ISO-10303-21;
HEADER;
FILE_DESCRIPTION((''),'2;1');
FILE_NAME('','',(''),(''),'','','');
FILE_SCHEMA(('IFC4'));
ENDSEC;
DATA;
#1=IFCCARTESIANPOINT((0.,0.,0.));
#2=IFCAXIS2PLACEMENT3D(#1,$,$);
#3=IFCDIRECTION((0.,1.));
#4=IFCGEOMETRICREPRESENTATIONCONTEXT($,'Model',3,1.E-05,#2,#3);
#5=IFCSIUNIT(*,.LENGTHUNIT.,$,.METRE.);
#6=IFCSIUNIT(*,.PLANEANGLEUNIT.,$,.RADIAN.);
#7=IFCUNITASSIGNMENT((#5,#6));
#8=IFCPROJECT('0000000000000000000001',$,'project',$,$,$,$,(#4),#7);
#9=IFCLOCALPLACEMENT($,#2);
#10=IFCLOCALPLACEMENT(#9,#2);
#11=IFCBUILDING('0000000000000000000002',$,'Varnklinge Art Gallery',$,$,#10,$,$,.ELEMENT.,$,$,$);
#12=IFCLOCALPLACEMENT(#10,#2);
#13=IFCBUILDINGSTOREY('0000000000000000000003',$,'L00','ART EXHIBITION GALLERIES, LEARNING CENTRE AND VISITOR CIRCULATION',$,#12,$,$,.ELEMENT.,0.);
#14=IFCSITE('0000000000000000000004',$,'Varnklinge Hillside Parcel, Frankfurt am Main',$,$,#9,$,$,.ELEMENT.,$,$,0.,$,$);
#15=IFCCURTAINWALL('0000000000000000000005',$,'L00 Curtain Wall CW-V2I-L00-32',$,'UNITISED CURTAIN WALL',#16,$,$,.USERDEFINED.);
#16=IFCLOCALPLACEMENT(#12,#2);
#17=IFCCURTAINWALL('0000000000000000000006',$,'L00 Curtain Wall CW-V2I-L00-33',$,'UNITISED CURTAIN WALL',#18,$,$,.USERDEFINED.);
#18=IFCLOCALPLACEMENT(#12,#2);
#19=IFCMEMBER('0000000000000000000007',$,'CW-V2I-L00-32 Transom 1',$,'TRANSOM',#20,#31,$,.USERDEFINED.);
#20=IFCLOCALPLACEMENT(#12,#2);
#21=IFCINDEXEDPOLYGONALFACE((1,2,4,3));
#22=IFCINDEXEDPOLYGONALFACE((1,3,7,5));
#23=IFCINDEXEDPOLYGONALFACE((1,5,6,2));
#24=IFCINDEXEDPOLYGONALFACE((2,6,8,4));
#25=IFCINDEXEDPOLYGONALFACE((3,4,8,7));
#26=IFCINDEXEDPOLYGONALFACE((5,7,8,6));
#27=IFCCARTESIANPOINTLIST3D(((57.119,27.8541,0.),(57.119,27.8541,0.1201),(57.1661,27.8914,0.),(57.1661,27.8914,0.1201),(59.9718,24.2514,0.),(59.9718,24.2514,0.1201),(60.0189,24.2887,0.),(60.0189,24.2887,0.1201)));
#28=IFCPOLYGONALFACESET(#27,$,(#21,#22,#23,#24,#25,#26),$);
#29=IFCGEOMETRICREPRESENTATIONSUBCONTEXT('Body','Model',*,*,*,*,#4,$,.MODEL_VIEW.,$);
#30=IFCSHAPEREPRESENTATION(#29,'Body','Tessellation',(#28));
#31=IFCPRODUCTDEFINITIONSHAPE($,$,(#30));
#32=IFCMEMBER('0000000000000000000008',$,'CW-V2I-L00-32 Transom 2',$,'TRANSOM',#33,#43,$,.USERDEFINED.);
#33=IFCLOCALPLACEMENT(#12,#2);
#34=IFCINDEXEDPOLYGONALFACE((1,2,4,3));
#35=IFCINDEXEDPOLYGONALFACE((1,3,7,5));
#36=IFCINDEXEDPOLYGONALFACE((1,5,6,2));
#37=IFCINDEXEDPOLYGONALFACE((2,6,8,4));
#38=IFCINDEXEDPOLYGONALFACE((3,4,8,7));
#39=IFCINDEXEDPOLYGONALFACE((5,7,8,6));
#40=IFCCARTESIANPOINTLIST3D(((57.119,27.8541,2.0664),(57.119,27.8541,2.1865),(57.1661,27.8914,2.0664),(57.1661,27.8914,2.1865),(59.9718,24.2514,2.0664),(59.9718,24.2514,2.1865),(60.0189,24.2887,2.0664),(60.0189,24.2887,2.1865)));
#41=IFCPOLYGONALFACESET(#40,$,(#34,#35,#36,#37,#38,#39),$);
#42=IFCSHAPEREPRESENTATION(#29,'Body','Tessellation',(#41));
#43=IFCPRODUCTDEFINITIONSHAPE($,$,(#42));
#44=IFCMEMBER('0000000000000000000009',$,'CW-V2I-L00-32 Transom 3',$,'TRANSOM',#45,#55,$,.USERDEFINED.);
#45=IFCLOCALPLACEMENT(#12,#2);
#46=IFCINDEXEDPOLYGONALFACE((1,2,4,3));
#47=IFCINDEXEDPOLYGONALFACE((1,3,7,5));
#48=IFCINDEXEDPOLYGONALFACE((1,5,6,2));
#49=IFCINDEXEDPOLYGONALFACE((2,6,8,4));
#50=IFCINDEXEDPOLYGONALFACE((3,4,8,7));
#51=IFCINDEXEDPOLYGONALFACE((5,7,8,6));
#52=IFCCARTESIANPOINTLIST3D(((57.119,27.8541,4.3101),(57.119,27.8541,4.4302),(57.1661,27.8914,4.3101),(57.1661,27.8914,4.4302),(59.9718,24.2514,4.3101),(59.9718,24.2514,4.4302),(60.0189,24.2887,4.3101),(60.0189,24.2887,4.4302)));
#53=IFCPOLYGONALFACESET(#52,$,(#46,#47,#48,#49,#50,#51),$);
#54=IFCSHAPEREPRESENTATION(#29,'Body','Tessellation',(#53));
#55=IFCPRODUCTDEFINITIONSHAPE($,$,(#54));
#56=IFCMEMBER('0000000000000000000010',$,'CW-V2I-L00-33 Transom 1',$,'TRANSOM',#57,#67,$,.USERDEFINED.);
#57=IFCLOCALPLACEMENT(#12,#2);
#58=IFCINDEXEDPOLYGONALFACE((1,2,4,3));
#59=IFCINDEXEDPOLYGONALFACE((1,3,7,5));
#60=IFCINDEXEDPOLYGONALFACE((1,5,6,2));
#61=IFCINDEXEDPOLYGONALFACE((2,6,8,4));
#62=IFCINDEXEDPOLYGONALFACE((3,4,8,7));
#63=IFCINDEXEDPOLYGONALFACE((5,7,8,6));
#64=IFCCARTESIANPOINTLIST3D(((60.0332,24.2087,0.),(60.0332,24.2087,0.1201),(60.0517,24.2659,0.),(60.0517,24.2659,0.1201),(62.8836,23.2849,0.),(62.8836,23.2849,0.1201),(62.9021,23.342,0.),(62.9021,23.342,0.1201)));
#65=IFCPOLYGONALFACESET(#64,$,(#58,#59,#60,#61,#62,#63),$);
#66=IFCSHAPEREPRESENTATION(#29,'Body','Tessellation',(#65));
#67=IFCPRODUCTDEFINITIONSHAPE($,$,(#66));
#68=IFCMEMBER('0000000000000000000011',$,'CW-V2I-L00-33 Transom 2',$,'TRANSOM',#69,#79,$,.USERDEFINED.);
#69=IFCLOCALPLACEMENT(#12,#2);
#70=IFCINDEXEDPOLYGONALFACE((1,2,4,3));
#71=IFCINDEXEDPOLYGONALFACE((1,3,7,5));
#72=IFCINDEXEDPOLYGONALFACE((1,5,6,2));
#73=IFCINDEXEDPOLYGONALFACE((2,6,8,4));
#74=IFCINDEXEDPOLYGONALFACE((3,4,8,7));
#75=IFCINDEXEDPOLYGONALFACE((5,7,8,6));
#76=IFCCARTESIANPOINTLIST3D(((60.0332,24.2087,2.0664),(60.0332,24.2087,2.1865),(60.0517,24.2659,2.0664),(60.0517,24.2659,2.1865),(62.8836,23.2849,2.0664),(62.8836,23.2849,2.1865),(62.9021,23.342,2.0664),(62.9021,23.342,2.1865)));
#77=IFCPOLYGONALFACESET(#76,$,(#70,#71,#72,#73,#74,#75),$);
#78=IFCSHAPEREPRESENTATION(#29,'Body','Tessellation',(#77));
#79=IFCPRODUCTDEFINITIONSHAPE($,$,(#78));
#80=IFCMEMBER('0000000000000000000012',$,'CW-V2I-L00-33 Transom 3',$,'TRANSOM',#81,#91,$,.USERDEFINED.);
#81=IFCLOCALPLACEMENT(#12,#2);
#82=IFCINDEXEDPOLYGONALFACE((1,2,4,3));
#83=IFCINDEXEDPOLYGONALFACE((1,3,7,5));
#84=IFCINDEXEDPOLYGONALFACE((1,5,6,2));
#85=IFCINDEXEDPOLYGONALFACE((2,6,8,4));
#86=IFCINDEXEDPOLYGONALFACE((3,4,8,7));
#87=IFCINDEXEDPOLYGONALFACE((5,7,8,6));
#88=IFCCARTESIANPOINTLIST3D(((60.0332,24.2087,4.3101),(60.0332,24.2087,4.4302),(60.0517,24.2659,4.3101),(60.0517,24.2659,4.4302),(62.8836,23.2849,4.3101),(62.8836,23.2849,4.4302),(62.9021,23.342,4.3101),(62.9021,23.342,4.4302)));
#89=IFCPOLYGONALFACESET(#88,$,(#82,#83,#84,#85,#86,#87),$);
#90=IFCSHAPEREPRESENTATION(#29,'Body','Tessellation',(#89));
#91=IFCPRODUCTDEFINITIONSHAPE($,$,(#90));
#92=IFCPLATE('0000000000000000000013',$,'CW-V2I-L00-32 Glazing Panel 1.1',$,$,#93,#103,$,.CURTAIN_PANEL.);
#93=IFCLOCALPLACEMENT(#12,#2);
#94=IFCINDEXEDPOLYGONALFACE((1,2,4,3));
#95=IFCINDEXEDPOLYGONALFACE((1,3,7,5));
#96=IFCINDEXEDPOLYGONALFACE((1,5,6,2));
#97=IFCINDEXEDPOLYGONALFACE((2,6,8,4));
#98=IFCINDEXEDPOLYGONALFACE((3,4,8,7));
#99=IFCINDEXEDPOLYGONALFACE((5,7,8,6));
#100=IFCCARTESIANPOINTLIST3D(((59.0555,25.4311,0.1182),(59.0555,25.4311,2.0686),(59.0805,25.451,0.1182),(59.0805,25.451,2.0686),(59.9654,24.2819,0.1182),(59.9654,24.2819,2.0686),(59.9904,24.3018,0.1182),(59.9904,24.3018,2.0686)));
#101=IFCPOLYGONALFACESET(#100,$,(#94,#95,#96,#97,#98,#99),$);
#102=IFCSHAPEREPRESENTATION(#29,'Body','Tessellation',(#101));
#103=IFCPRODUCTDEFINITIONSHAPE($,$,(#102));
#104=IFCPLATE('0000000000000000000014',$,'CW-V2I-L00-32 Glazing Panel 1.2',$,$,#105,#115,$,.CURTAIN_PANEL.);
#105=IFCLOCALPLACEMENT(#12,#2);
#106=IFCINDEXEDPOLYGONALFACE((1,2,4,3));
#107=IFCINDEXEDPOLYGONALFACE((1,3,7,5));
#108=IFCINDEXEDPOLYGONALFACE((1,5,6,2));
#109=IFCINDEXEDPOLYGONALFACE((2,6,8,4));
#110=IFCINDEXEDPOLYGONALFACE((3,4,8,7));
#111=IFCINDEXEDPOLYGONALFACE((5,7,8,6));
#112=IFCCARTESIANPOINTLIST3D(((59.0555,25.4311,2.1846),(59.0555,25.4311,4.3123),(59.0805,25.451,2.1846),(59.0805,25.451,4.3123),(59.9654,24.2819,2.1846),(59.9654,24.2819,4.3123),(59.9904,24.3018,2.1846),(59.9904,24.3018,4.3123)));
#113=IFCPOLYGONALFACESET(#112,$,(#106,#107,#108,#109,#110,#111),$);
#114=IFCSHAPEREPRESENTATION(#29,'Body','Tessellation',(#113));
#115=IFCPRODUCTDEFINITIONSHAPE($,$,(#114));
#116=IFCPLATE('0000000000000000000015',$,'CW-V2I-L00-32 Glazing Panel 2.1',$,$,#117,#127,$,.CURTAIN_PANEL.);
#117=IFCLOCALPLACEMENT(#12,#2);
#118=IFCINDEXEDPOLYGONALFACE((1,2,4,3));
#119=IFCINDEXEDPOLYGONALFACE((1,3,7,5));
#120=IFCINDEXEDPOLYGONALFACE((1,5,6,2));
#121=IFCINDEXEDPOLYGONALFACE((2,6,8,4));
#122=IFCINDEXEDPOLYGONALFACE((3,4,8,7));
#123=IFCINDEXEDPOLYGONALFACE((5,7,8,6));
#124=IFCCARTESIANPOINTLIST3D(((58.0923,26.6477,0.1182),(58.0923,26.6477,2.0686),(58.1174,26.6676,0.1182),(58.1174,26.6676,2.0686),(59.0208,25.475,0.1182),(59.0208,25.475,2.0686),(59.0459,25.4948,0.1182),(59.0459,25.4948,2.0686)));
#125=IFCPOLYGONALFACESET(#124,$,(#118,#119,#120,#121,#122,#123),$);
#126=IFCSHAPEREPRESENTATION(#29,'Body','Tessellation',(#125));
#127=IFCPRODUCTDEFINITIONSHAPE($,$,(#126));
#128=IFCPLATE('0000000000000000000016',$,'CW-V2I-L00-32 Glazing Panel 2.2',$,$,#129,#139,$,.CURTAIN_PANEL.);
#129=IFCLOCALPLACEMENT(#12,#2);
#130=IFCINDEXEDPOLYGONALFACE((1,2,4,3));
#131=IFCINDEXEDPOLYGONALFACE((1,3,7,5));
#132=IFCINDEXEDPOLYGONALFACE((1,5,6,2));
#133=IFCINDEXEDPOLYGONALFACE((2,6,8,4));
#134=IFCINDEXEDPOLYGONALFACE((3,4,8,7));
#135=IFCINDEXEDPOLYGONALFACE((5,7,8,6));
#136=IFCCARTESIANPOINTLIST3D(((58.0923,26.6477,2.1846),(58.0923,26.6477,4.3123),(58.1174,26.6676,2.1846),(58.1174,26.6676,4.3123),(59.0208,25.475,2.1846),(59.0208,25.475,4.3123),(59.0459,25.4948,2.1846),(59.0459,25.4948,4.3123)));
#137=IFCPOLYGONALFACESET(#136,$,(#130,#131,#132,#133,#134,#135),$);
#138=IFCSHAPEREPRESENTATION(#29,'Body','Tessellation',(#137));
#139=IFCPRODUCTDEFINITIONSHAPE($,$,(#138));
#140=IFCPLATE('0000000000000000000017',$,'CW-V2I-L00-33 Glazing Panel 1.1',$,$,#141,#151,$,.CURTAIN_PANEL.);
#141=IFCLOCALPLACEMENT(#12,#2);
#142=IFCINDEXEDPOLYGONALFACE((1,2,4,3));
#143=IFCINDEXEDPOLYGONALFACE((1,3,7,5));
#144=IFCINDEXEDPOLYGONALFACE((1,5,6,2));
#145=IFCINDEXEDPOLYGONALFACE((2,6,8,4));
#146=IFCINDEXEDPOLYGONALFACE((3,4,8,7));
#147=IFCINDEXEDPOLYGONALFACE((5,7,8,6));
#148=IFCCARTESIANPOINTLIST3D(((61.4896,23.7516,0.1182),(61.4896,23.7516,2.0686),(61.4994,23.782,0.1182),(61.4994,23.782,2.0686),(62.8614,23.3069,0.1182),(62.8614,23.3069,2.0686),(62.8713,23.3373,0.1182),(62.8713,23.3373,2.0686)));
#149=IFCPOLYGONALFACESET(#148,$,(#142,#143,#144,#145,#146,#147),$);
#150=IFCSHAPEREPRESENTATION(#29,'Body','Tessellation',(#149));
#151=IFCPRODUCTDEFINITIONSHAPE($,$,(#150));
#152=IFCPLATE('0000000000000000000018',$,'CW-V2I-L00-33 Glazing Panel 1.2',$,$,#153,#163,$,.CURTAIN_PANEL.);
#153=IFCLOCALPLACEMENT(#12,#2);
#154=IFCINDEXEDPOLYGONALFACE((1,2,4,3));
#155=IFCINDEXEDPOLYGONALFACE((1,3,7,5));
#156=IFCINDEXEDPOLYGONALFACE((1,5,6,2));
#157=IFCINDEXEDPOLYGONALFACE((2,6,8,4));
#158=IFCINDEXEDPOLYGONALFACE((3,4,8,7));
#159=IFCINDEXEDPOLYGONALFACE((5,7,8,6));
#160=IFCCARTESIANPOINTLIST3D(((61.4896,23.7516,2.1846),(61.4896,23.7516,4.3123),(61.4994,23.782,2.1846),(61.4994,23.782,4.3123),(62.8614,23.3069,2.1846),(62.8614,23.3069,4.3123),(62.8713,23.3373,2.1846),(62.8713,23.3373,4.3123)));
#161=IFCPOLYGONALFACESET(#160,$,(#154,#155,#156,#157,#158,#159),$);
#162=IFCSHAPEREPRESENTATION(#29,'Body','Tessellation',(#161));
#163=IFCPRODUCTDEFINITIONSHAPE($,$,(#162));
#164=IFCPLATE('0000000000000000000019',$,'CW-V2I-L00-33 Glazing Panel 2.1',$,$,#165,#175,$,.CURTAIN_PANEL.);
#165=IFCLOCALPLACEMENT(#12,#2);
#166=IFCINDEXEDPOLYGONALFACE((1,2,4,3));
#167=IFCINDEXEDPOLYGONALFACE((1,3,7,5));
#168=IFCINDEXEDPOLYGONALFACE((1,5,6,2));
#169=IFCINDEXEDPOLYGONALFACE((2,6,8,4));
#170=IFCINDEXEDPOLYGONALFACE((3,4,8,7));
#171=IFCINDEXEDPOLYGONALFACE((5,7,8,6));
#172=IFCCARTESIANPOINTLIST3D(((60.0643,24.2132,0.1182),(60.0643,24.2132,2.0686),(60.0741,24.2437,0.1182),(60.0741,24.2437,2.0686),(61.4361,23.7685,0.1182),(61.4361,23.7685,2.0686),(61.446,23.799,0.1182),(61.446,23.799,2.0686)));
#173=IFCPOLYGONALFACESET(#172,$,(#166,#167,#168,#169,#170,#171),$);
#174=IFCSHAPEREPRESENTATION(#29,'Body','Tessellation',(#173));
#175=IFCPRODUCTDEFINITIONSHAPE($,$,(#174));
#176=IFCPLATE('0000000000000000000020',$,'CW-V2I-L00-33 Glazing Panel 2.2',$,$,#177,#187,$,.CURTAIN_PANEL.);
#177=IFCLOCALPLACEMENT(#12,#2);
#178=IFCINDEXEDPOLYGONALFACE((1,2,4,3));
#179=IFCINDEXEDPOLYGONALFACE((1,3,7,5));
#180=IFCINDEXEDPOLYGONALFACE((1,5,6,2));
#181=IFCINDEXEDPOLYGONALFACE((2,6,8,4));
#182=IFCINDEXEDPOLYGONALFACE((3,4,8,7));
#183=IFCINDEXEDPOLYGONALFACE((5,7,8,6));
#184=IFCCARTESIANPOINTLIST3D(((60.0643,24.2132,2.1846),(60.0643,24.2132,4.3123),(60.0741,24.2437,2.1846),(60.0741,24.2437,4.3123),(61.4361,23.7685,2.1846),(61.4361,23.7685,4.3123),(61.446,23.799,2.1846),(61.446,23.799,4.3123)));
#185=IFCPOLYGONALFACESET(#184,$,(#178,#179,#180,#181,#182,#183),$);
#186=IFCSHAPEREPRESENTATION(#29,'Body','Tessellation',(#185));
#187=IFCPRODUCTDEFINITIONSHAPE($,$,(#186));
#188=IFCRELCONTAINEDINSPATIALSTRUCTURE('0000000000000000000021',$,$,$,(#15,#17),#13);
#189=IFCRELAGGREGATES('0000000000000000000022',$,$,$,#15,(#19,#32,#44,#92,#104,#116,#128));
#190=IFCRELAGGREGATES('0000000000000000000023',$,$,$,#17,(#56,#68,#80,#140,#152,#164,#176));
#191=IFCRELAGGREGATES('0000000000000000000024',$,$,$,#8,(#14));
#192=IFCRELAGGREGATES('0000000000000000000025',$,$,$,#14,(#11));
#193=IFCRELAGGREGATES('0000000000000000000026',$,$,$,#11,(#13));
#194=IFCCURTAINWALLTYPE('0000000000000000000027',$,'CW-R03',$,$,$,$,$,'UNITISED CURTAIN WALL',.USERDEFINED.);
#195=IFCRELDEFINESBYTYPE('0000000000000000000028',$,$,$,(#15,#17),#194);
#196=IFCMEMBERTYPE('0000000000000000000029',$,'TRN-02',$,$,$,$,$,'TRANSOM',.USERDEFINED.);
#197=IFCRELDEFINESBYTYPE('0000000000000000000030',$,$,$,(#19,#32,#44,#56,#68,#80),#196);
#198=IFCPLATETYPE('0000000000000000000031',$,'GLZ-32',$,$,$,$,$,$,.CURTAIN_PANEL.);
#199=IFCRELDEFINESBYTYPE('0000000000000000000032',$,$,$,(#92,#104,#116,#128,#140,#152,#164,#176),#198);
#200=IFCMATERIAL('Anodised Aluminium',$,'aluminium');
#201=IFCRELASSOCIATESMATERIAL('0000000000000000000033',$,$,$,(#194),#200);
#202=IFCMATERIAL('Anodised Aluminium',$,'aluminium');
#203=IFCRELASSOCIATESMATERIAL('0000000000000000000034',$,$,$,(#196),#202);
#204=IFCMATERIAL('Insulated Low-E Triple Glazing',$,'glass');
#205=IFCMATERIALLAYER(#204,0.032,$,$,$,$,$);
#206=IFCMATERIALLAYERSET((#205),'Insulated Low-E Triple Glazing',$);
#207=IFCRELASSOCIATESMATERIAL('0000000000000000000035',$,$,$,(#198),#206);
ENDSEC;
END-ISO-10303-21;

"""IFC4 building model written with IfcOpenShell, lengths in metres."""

from ifc_helpers import new_model, si_unit, direction, frame, origin, origin_2d, place, context, subcontext, project, spatial, rectangle, extrude, material, layer, layer_set, material_profile, profile_set, type_object, element, aggregate, save


model = new_model("IFC4")

# Units and contexts
model_context = context("Model", 3, precision=1e-05, world=origin(), true_north=direction((0.0, 1.0)))
body_context = subcontext(model_context, "Body", "Model", "MODEL_VIEW")
ifc_project = project(units=[si_unit("LENGTHUNIT", "METRE"), si_unit("PLANEANGLEUNIT", "RADIAN")], contexts=[model_context])

# Site, building, storey
site_placement = place(None, origin())
site = spatial("IfcSite", under=ifc_project, at=site_placement, Name="Varnklinge Hillside Parcel, Frankfurt am Main", CompositionType="ELEMENT", RefElevation=0.0)
building_placement = place(site_placement, origin())
building = spatial("IfcBuilding", under=site, at=building_placement, Name="Varnklinge Art Gallery", CompositionType="ELEMENT")
storey_placement = place(building_placement, origin())
storey = spatial("IfcBuildingStorey", under=building, at=storey_placement, Name="L00", Description="ART EXHIBITION GALLERIES, LEARNING CENTRE AND VISITOR CIRCULATION", CompositionType="ELEMENT", Elevation=0.0)

# Curtain walls
ifc_material_1 = material(Name="Anodised Aluminium", Category="aluminium")
curtain_wall_type = type_object("IfcCurtainWallType", Name="CW-R03", ElementType="UNITISED CURTAIN WALL", PredefinedType="USERDEFINED", material=ifc_material_1)
curtain_wall_1_placement = place(storey_placement, origin())
curtain_wall_1 = element("IfcCurtainWall", 1, at=curtain_wall_1_placement, inside=storey, type_object=curtain_wall_type, Name="L00 Curtain Wall CW-V2I-L00-32", ObjectType="UNITISED CURTAIN WALL", PredefinedType="USERDEFINED")
curtain_wall_2_placement = place(storey_placement, origin())
curtain_wall_2 = element("IfcCurtainWall", 2, at=curtain_wall_2_placement, inside=storey, type_object=curtain_wall_type, Name="L00 Curtain Wall CW-V2I-L00-33", ObjectType="UNITISED CURTAIN WALL", PredefinedType="USERDEFINED")

# Members
ifc_material_2 = material(Name="Anodised Aluminium", Category="aluminium")
ifc_material_profile_1 = material_profile(ifc_material_2, rectangle(XDim=0.0601, YDim=0.1201, at=origin_2d()), Name="ALU 60x120")
ifc_profile_set_1 = profile_set([ifc_material_profile_1], Name="Anodised Aluminium")
member_type_1 = type_object("IfcMemberType", Name="TRN-02", ElementType="TRANSOM", PredefinedType="USERDEFINED", material=ifc_profile_set_1)
member_1_placement = place(storey_placement, frame((59.9954, 24.27, 0.0601), z_axis=(-0.620781, 0.783984, 0.0), x_axis=(-0.783984, -0.620781, 0.0)))
member_1 = element("IfcMember", 3, at=member_1_placement, type_object=member_type_1, Name="CW-V2I-L00-32 Transom 1", ObjectType="TRANSOM", PredefinedType="USERDEFINED", context=body_context, shape_type="SweptSolid", body=[
    extrude(rectangle(XDim=0.0601, YDim=0.1201, at=origin_2d()), origin(), (0.0, 0.0, 1.0), 4.5955),
])
member_2_placement = place(storey_placement, frame((59.9954, 24.27, 2.1265), z_axis=(-0.620781, 0.783984, 0.0), x_axis=(-0.783984, -0.620781, 0.0)))
member_2 = element("IfcMember", 4, at=member_2_placement, type_object=member_type_1, Name="CW-V2I-L00-32 Transom 2", ObjectType="TRANSOM", PredefinedType="USERDEFINED", context=body_context, shape_type="SweptSolid", body=[
    extrude(rectangle(XDim=0.0601, YDim=0.1201, at=origin_2d()), origin(), (0.0, 0.0, 1.0), 4.5955),
])
member_3_placement = place(storey_placement, frame((59.9954, 24.27, 4.3701), z_axis=(-0.620781, 0.783984, 0.0), x_axis=(-0.783984, -0.620781, 0.0)))
member_3 = element("IfcMember", 5, at=member_3_placement, type_object=member_type_1, Name="CW-V2I-L00-32 Transom 3", ObjectType="TRANSOM", PredefinedType="USERDEFINED", context=body_context, shape_type="SweptSolid", body=[
    extrude(rectangle(XDim=0.0601, YDim=0.1201, at=origin_2d()), origin(), (0.0, 0.0, 1.0), 4.5955),
])
member_4_placement = place(storey_placement, frame((62.8928, 23.3135, 0.0601), z_axis=(-0.951282, 0.308321, 0.0), x_axis=(-0.308321, -0.951282, 0.0)))
member_4 = element("IfcMember", 6, at=member_4_placement, type_object=member_type_1, Name="CW-V2I-L00-33 Transom 1", ObjectType="TRANSOM", PredefinedType="USERDEFINED", context=body_context, shape_type="SweptSolid", body=[
    extrude(rectangle(XDim=0.0601, YDim=0.1201, at=origin_2d()), origin(), (0.0, 0.0, 1.0), 2.9963),
])
member_5_placement = place(storey_placement, frame((62.8928, 23.3135, 2.1265), z_axis=(-0.951282, 0.308321, 0.0), x_axis=(-0.308321, -0.951282, 0.0)))
member_5 = element("IfcMember", 7, at=member_5_placement, type_object=member_type_1, Name="CW-V2I-L00-33 Transom 2", ObjectType="TRANSOM", PredefinedType="USERDEFINED", context=body_context, shape_type="SweptSolid", body=[
    extrude(rectangle(XDim=0.0601, YDim=0.1201, at=origin_2d()), origin(), (0.0, 0.0, 1.0), 2.9963),
])
member_6_placement = place(storey_placement, frame((62.8928, 23.3135, 4.3701), z_axis=(-0.951282, 0.308321, 0.0), x_axis=(-0.308321, -0.951282, 0.0)))
member_6 = element("IfcMember", 8, at=member_6_placement, type_object=member_type_1, Name="CW-V2I-L00-33 Transom 3", ObjectType="TRANSOM", PredefinedType="USERDEFINED", context=body_context, shape_type="SweptSolid", body=[
    extrude(rectangle(XDim=0.0601, YDim=0.1201, at=origin_2d()), origin(), (0.0, 0.0, 1.0), 2.9963),
])

# Plates
ifc_material_3 = material(Name="Insulated Low-E Triple Glazing", Category="glass")
ifc_layer = layer(ifc_material_3, 0.032)
ifc_layer_set = layer_set([ifc_layer], Name="Insulated Low-E Triple Glazing")
plate_type = type_object("IfcPlateType", Name="GLZ-32", PredefinedType="CURTAIN_PANEL", material=ifc_layer_set)
plate_1_placement = place(storey_placement, frame((59.5229, 24.8665, 0.1182), z_axis=(0.0, 0.0, 1.0), x_axis=(-0.620737, 0.784019, 0.0)))
plate_1 = element("IfcPlate", 9, at=plate_1_placement, type_object=plate_type, Name="CW-V2I-L00-32 Glazing Panel 1.1", PredefinedType="CURTAIN_PANEL", context=body_context, shape_type="SweptSolid", body=[
    extrude(rectangle(XDim=1.4658, YDim=0.032, at=origin_2d()), origin(), (0.0, 0.0, 1.0), 1.9504),
])
plate_2_placement = place(storey_placement, frame((59.5229, 24.8665, 2.1846), z_axis=(0.0, 0.0, 1.0), x_axis=(-0.620737, 0.784019, 0.0)))
plate_2 = element("IfcPlate", 10, at=plate_2_placement, type_object=plate_type, Name="CW-V2I-L00-32 Glazing Panel 1.2", PredefinedType="CURTAIN_PANEL", context=body_context, shape_type="SweptSolid", body=[
    extrude(rectangle(XDim=1.4658, YDim=0.032, at=origin_2d()), origin(), (0.0, 0.0, 1.0), 2.1277),
])
plate_3_placement = place(storey_placement, frame((58.5691, 26.0713, 0.1182), z_axis=(0.0, 0.0, 1.0), x_axis=(-0.620737, 0.784019, 0.0)))
plate_3 = element("IfcPlate", 11, at=plate_3_placement, type_object=plate_type, Name="CW-V2I-L00-32 Glazing Panel 2.1", PredefinedType="CURTAIN_PANEL", context=body_context, shape_type="SweptSolid", body=[
    extrude(rectangle(XDim=1.4958, YDim=0.032, at=origin_2d()), origin(), (0.0, 0.0, 1.0), 1.9504),
])
plate_4_placement = place(storey_placement, frame((58.5691, 26.0713, 2.1846), z_axis=(0.0, 0.0, 1.0), x_axis=(-0.620737, 0.784019, 0.0)))
plate_4 = element("IfcPlate", 12, at=plate_4_placement, type_object=plate_type, Name="CW-V2I-L00-32 Glazing Panel 2.2", PredefinedType="CURTAIN_PANEL", context=body_context, shape_type="SweptSolid", body=[
    extrude(rectangle(XDim=1.4958, YDim=0.032, at=origin_2d()), origin(), (0.0, 0.0, 1.0), 2.1277),
])
aggregate(curtain_wall_1, [member_1, member_2, member_3, plate_1, plate_2, plate_3, plate_4])
plate_5_placement = place(storey_placement, frame((62.1804, 23.5444, 0.1182), z_axis=(0.0, 0.0, 1.0), x_axis=(-0.951272, 0.308353, 0.0)))
plate_5 = element("IfcPlate", 13, at=plate_5_placement, type_object=plate_type, Name="CW-V2I-L00-33 Glazing Panel 1.1", PredefinedType="CURTAIN_PANEL", context=body_context, shape_type="SweptSolid", body=[
    extrude(rectangle(XDim=1.4421, YDim=0.032, at=origin_2d()), origin(), (0.0, 0.0, 1.0), 1.9504),
])
plate_6_placement = place(storey_placement, frame((62.1804, 23.5444, 2.1846), z_axis=(0.0, 0.0, 1.0), x_axis=(-0.951272, 0.308353, 0.0)))
plate_6 = element("IfcPlate", 14, at=plate_6_placement, type_object=plate_type, Name="CW-V2I-L00-33 Glazing Panel 1.2", PredefinedType="CURTAIN_PANEL", context=body_context, shape_type="SweptSolid", body=[
    extrude(rectangle(XDim=1.4421, YDim=0.032, at=origin_2d()), origin(), (0.0, 0.0, 1.0), 2.1277),
])
plate_7_placement = place(storey_placement, frame((60.7551, 24.0061, 0.1182), z_axis=(0.0, 0.0, 1.0), x_axis=(-0.951272, 0.308353, 0.0)))
plate_7 = element("IfcPlate", 15, at=plate_7_placement, type_object=plate_type, Name="CW-V2I-L00-33 Glazing Panel 2.1", PredefinedType="CURTAIN_PANEL", context=body_context, shape_type="SweptSolid", body=[
    extrude(rectangle(XDim=1.4421, YDim=0.032, at=origin_2d()), origin(), (0.0, 0.0, 1.0), 1.9504),
])
plate_8_placement = place(storey_placement, frame((60.7551, 24.0061, 2.1846), z_axis=(0.0, 0.0, 1.0), x_axis=(-0.951272, 0.308353, 0.0)))
plate_8 = element("IfcPlate", 16, at=plate_8_placement, type_object=plate_type, Name="CW-V2I-L00-33 Glazing Panel 2.2", PredefinedType="CURTAIN_PANEL", context=body_context, shape_type="SweptSolid", body=[
    extrude(rectangle(XDim=1.4421, YDim=0.032, at=origin_2d()), origin(), (0.0, 0.0, 1.0), 2.1277),
])
aggregate(curtain_wall_2, [member_4, member_5, member_6, plate_5, plate_6, plate_7, plate_8])

save(model, "model.ifc")
